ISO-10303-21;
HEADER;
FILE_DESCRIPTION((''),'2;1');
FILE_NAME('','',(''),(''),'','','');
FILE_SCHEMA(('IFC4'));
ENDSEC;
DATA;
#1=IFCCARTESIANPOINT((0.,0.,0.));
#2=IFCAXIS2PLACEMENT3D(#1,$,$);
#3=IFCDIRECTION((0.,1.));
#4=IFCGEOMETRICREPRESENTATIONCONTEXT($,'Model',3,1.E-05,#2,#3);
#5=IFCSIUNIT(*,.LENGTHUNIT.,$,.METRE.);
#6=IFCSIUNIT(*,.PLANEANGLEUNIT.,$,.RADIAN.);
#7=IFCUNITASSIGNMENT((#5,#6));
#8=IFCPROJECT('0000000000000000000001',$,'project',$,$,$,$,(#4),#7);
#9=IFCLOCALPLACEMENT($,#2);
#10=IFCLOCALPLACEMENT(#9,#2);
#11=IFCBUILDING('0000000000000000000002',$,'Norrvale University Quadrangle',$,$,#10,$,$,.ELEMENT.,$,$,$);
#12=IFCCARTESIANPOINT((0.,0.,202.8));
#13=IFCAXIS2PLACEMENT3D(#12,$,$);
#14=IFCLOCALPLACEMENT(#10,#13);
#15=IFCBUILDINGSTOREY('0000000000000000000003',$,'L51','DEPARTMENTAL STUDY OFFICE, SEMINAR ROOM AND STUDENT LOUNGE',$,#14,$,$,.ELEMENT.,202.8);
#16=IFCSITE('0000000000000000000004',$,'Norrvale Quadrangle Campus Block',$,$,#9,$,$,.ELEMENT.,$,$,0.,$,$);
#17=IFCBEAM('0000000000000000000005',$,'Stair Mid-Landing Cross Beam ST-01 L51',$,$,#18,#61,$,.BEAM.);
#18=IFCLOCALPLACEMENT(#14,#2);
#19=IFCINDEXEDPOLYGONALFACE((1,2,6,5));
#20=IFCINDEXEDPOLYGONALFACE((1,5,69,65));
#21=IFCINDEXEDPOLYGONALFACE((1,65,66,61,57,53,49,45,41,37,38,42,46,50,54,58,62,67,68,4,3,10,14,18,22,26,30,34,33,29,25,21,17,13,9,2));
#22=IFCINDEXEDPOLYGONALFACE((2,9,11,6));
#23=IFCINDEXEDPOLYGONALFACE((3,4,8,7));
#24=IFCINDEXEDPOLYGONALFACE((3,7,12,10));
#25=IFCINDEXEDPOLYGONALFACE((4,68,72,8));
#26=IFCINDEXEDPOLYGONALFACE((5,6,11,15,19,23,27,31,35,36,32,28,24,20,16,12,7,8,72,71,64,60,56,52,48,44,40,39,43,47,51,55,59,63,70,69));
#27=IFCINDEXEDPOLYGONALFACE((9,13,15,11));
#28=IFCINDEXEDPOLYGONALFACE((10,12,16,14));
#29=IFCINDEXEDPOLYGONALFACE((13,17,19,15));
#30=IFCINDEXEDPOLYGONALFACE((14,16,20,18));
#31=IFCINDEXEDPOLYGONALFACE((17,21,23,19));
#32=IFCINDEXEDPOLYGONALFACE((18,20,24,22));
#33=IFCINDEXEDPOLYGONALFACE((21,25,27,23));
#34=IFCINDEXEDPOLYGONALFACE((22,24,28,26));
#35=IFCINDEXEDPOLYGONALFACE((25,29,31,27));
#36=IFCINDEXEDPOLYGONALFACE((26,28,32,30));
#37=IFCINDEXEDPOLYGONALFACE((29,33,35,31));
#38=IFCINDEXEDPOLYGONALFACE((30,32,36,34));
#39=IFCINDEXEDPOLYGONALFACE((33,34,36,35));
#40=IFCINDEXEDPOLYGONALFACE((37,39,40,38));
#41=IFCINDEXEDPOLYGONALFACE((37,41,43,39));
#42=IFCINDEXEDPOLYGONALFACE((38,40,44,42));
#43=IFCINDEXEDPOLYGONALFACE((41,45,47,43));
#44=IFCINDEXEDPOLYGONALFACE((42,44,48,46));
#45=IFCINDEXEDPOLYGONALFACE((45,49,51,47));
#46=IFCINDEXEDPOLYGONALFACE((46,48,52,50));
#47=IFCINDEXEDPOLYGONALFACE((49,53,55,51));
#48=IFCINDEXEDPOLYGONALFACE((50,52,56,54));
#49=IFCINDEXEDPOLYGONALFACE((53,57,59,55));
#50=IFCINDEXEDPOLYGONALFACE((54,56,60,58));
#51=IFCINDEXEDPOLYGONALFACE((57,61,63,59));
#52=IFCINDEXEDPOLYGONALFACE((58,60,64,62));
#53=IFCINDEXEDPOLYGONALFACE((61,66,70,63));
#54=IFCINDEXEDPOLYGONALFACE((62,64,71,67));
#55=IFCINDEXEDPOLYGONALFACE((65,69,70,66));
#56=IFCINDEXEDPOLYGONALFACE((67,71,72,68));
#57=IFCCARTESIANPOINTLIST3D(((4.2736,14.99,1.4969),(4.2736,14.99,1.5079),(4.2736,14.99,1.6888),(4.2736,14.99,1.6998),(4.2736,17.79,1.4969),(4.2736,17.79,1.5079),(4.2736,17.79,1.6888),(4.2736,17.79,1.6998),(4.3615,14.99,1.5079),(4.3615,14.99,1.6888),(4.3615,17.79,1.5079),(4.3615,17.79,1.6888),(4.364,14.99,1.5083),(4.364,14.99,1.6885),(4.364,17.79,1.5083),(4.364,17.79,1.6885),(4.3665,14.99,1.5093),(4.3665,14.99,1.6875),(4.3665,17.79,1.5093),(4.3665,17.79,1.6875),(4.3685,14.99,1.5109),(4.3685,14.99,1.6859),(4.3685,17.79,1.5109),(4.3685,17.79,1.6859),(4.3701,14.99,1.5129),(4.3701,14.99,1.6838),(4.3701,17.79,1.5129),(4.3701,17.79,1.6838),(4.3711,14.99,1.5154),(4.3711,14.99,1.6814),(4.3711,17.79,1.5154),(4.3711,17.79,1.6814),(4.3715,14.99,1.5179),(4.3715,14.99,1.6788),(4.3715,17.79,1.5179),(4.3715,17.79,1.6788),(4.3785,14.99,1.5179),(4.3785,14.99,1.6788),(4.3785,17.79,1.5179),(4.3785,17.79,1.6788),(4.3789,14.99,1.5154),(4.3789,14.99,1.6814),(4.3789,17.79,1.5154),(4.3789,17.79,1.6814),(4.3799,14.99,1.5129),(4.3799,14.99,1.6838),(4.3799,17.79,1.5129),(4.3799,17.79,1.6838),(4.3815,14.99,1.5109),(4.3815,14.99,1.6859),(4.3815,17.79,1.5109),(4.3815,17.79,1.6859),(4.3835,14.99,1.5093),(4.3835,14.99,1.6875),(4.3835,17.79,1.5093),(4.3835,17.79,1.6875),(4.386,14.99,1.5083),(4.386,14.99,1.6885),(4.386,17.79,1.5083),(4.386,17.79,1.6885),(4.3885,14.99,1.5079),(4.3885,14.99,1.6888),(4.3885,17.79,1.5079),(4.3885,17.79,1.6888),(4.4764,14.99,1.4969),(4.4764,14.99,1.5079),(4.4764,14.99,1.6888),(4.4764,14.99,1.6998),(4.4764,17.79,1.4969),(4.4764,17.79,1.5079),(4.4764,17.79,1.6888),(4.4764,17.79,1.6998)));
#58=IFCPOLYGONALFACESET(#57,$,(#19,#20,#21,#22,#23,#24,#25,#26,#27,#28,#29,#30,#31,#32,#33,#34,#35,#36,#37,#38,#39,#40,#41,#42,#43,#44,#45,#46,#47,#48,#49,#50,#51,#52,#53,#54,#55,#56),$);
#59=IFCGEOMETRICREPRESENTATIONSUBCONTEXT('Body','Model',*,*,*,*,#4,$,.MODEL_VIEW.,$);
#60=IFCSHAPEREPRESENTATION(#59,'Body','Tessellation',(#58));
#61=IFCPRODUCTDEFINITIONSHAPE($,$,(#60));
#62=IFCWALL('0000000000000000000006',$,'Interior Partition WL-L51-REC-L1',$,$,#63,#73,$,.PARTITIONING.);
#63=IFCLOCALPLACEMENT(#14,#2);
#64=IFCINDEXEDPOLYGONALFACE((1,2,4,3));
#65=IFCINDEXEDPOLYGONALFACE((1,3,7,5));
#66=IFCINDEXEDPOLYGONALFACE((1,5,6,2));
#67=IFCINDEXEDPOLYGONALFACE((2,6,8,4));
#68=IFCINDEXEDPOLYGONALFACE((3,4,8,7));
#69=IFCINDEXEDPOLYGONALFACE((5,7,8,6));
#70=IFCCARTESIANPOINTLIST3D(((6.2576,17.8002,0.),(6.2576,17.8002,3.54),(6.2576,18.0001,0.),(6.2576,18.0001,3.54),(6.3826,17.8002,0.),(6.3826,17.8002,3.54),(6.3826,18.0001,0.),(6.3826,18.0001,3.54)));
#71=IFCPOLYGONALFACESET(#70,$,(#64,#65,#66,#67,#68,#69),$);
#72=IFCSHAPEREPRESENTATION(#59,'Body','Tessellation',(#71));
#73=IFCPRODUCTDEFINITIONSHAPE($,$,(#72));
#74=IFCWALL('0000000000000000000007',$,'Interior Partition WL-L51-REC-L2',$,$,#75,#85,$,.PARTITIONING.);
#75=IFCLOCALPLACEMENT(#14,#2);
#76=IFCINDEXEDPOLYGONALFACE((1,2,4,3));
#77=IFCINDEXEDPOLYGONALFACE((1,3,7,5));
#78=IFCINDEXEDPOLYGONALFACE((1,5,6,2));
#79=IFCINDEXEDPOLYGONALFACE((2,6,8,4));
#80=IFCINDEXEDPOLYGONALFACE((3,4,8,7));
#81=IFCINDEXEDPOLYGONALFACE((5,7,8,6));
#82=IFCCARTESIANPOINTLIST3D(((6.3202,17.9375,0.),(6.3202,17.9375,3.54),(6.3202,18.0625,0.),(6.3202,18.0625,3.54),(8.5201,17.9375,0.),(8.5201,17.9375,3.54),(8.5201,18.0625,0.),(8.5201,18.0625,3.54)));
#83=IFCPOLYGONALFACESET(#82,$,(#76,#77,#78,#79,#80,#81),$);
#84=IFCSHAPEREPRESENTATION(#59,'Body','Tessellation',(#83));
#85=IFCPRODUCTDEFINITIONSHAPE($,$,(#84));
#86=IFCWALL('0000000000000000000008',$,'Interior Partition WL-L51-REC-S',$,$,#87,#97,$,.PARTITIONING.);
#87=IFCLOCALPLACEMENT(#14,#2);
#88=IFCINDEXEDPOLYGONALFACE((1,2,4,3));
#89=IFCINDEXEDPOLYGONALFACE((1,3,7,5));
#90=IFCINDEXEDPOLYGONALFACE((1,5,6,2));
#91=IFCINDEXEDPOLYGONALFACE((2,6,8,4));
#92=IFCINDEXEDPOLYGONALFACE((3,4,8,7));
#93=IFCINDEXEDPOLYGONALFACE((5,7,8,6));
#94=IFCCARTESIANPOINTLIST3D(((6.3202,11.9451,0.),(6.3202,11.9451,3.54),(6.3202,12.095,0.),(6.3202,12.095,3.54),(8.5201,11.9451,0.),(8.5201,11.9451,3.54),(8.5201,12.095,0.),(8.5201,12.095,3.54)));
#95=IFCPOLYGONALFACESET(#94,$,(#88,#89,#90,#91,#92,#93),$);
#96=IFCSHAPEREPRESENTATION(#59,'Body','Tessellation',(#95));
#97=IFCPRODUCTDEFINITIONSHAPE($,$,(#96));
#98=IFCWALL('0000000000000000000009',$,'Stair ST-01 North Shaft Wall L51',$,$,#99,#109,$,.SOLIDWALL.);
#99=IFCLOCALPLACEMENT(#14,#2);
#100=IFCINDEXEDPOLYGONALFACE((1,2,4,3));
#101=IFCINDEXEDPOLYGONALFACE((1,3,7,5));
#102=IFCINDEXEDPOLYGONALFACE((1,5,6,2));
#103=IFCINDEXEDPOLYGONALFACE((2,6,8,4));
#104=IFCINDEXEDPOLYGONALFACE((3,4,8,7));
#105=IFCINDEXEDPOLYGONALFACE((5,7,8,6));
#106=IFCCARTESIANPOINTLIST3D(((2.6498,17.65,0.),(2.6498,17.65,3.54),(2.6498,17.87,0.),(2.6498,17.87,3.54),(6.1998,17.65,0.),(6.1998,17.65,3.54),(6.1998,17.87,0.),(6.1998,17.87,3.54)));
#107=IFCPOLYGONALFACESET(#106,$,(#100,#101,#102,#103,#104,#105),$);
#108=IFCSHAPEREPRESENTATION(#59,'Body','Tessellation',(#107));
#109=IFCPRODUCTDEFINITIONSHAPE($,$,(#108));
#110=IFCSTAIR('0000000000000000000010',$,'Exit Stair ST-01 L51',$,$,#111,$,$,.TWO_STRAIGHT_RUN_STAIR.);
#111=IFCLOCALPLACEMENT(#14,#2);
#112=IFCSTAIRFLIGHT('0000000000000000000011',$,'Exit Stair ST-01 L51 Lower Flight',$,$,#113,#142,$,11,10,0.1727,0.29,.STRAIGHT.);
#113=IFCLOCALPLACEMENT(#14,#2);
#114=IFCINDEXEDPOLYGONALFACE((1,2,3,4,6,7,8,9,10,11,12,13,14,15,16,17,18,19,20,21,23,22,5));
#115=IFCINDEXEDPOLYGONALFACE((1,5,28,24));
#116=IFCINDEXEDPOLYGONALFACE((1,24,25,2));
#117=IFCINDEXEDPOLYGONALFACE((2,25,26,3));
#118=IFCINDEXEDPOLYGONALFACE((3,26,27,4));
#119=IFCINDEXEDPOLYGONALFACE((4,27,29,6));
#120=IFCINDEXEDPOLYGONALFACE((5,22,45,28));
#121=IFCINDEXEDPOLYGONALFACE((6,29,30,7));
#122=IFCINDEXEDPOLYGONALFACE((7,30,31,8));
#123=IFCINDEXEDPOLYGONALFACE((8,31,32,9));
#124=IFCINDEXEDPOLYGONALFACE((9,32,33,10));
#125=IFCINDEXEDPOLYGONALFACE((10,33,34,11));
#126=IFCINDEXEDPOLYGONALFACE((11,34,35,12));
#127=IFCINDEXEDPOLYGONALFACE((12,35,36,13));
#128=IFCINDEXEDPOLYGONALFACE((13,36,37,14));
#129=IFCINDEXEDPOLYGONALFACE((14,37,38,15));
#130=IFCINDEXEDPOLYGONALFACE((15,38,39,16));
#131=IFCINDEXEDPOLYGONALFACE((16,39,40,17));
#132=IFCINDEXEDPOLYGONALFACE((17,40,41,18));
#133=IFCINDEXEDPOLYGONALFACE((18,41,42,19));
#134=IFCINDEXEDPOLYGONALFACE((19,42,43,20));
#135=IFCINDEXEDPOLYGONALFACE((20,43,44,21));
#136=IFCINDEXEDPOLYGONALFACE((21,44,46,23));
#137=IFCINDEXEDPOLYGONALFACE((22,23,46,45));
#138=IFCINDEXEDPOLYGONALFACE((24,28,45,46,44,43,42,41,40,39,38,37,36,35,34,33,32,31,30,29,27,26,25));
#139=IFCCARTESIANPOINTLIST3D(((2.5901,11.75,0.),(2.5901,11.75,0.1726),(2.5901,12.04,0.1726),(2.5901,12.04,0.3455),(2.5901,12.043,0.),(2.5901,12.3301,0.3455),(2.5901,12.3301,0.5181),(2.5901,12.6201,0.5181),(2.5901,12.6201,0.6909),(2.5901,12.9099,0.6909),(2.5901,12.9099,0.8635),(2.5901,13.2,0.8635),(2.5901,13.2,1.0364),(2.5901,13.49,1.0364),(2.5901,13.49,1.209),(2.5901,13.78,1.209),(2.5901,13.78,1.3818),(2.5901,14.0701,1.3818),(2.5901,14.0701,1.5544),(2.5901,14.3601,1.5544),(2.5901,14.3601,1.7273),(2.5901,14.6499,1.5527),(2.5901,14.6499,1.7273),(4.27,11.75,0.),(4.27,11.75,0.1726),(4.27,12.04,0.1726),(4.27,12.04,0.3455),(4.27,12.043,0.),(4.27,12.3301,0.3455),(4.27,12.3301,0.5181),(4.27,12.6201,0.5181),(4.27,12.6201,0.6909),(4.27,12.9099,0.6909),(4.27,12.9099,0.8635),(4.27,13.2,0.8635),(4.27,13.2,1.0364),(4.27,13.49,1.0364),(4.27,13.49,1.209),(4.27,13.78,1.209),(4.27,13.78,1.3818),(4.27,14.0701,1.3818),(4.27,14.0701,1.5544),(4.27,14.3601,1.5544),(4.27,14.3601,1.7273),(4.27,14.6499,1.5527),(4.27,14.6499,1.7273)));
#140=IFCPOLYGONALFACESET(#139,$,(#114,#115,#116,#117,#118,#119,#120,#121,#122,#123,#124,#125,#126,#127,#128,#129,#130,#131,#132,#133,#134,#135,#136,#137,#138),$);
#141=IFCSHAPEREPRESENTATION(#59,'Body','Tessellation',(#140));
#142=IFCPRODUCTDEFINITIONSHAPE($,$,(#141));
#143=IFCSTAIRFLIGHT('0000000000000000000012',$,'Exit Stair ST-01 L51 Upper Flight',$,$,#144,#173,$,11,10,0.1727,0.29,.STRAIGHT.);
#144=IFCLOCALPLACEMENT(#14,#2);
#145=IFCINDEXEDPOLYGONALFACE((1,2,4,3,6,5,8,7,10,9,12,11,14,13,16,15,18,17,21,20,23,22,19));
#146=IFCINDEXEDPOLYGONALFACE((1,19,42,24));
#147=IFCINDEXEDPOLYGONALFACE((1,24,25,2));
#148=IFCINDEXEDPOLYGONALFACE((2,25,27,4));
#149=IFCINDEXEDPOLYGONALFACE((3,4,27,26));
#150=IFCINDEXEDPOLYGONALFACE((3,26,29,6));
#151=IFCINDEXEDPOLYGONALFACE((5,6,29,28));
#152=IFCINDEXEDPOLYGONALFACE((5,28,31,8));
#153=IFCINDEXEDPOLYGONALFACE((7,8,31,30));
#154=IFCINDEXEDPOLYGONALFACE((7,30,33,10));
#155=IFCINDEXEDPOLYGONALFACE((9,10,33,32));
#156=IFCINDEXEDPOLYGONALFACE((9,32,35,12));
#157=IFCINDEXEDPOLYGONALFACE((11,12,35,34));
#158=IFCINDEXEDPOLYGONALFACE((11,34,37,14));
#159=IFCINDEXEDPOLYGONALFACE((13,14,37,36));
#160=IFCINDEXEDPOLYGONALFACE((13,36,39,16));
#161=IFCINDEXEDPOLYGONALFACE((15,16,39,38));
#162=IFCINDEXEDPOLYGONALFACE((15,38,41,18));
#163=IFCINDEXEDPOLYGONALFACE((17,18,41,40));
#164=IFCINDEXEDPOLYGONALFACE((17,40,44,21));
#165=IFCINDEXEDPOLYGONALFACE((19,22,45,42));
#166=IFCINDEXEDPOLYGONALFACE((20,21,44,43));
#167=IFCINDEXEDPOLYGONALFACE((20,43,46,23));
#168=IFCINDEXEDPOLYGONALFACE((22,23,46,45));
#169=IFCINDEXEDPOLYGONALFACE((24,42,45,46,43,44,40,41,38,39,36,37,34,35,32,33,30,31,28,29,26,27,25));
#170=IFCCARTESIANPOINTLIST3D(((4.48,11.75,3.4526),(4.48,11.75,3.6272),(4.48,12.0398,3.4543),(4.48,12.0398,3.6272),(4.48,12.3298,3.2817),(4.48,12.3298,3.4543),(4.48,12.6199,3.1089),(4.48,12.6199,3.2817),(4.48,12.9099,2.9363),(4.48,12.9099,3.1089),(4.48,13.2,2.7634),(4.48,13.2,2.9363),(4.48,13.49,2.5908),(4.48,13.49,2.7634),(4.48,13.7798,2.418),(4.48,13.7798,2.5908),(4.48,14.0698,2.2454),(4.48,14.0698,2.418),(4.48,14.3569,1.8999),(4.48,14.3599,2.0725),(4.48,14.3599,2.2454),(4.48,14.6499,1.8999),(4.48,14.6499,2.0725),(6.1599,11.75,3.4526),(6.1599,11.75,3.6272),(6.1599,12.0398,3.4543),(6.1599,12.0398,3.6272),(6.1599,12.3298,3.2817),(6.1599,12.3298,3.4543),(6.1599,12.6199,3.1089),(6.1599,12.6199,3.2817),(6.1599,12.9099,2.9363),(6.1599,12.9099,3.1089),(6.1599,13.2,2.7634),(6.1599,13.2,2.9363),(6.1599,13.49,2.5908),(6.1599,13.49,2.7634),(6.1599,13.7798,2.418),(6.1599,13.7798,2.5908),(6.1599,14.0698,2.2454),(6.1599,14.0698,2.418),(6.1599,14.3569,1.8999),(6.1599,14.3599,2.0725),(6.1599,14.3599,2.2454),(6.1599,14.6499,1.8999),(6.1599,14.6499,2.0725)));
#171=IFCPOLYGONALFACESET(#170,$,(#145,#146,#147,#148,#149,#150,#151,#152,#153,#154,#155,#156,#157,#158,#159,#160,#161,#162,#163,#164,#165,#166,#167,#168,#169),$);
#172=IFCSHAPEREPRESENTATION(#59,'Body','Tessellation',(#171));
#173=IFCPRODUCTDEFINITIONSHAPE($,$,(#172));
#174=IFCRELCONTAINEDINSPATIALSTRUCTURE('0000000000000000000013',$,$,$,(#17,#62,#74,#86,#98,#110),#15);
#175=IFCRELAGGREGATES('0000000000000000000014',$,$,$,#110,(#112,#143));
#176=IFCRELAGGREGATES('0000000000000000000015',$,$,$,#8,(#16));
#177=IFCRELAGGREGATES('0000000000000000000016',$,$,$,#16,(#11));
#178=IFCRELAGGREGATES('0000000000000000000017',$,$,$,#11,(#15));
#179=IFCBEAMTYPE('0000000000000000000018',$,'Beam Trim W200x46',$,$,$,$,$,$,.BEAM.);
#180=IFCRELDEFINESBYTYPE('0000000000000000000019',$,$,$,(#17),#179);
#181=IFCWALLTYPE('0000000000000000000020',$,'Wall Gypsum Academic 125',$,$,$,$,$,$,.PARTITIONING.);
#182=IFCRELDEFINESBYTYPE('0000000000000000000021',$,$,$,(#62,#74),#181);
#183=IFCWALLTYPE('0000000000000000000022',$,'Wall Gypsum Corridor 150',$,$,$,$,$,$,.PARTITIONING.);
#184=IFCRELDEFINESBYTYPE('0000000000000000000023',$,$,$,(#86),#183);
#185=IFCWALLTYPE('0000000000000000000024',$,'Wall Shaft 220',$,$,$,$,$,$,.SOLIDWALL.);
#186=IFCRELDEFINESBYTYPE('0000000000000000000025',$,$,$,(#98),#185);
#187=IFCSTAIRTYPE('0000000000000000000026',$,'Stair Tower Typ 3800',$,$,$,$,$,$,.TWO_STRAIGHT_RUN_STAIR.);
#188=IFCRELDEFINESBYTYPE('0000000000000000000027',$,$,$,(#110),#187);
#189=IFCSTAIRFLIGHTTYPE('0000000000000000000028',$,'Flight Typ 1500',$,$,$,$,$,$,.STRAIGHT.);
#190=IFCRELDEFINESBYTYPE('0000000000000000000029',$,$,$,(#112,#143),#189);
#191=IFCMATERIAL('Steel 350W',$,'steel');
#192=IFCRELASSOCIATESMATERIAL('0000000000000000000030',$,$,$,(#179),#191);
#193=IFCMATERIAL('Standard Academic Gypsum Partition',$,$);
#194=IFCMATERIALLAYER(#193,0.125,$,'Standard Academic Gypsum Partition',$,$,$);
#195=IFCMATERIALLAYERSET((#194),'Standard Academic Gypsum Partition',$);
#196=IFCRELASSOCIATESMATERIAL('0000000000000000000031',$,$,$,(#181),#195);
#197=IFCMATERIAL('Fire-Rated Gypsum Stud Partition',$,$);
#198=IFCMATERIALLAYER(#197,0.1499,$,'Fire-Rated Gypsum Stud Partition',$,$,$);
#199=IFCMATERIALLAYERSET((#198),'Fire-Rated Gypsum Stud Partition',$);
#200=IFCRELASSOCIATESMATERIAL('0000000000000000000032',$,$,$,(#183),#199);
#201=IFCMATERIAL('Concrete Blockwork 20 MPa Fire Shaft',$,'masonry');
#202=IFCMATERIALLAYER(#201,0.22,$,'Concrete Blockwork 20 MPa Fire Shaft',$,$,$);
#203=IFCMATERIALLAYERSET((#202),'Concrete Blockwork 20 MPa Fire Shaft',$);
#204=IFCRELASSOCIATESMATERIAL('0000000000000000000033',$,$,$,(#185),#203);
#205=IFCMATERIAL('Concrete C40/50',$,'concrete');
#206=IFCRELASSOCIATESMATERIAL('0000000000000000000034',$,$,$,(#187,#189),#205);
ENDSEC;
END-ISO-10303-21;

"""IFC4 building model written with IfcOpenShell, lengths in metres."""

from ifc_helpers import new_model, si_unit, direction, frame, frame_2d, origin, origin_2d, place, context, subcontext, project, spatial, polyline, rectangle, i_section, outline, extrude, material, layer, layer_set, material_profile, profile_set, type_object, element, aggregate, save


model = new_model("IFC4")

# Units and contexts
model_context = context("Model", 3, precision=1e-05, world=origin(), true_north=direction((0.0, 1.0)))
body_context = subcontext(model_context, "Body", "Model", "MODEL_VIEW")
ifc_project = project(units=[si_unit("LENGTHUNIT", "METRE"), si_unit("PLANEANGLEUNIT", "RADIAN")], contexts=[model_context])

# Site, building, storey
site_placement = place(None, origin())
site = spatial("IfcSite", under=ifc_project, at=site_placement, Name="Norrvale Quadrangle Campus Block", CompositionType="ELEMENT", RefElevation=0.0)
building_placement = place(site_placement, origin())
building = spatial("IfcBuilding", under=site, at=building_placement, Name="Norrvale University Quadrangle", CompositionType="ELEMENT")
storey_placement = place(building_placement, frame((0.0, 0.0, 202.8)))
storey = spatial("IfcBuildingStorey", under=building, at=storey_placement, Name="L51", Description="DEPARTMENTAL STUDY OFFICE, SEMINAR ROOM AND STUDENT LOUNGE", CompositionType="ELEMENT", Elevation=202.8)

# Beam
ifc_material_1 = material(Name="Steel 350W", Category="steel")
ifc_material_profile_1 = material_profile(ifc_material_1, i_section(OverallWidth=0.2029, OverallDepth=0.2029, WebThickness=0.0071, FlangeThickness=0.011, FilletRadius=0.01, at=origin_2d()), Name="Steel 350W")
ifc_profile_set_1 = profile_set([ifc_material_profile_1], Name="Steel 350W")
beam_type_1 = type_object("IfcBeamType", Name="Beam Trim W200x46", PredefinedType="BEAM", material=ifc_profile_set_1)
beam_1_placement = place(storey_placement, frame((4.375, 14.99, 1.5984), z_axis=(0.0, 1.0, 0.0), x_axis=(-1.0, 0.0, 0.0)))
element("IfcBeam", 1, at=beam_1_placement, inside=storey, type_object=beam_type_1, Name="Stair Mid-Landing Cross Beam ST-01 L51", PredefinedType="BEAM", context=body_context, shape_type="SweptSolid", body=[
    extrude(i_section(OverallWidth=0.2029, OverallDepth=0.2029, WebThickness=0.0071, FlangeThickness=0.011, FilletRadius=0.01, at=origin_2d()), origin(), (0.0, 0.0, 1.0), 2.8),
])

# Walls
ifc_material_2 = material(Name="Standard Academic Gypsum Partition")
ifc_layer_1 = layer(ifc_material_2, 0.125, Name="Standard Academic Gypsum Partition")
ifc_layer_set_1 = layer_set([ifc_layer_1], Name="Standard Academic Gypsum Partition")
wall_type_1 = type_object("IfcWallType", Name="Wall Gypsum Academic 125", PredefinedType="PARTITIONING", material=ifc_layer_set_1)
wall_1_placement = place(storey_placement, frame((6.3201, 17.8, 0.0), z_axis=(0.0, 0.0, 1.0), x_axis=(0.0, 1.0, 0.0)))
element("IfcWall", 2, at=wall_1_placement, inside=storey, type_object=wall_type_1, Name="Interior Partition WL-L51-REC-L1", PredefinedType="PARTITIONING", context=body_context, shape_type="SweptSolid", body=[
    extrude(rectangle(XDim=0.2, YDim=0.125, at=frame_2d((0.1001, 0.0))), origin(), (0.0, 0.0, 1.0), 3.54),
])
wall_2_placement = place(storey_placement, frame((6.3201, 18.0, 0.0), z_axis=(0.0, 0.0, 1.0), x_axis=(1.0, 0.0, 0.0)))
element("IfcWall", 3, at=wall_2_placement, inside=storey, type_object=wall_type_1, Name="Interior Partition WL-L51-REC-L2", PredefinedType="PARTITIONING", context=body_context, shape_type="SweptSolid", body=[
    extrude(rectangle(XDim=2.2, YDim=0.125, at=frame_2d((1.1001, 0.0))), origin(), (0.0, 0.0, 1.0), 3.54),
])
ifc_material_3 = material(Name="Fire-Rated Gypsum Stud Partition")
ifc_layer_2 = layer(ifc_material_3, 0.1499, Name="Fire-Rated Gypsum Stud Partition")
ifc_layer_set_2 = layer_set([ifc_layer_2], Name="Fire-Rated Gypsum Stud Partition")
wall_type_2 = type_object("IfcWallType", Name="Wall Gypsum Corridor 150", PredefinedType="PARTITIONING", material=ifc_layer_set_2)
wall_3_placement = place(storey_placement, frame((6.3201, 12.02, 0.0), z_axis=(0.0, 0.0, 1.0), x_axis=(1.0, 0.0, 0.0)))
element("IfcWall", 4, at=wall_3_placement, inside=storey, type_object=wall_type_2, Name="Interior Partition WL-L51-REC-S", PredefinedType="PARTITIONING", context=body_context, shape_type="SweptSolid", body=[
    extrude(rectangle(XDim=2.2, YDim=0.1499, at=frame_2d((1.1001, 0.0))), origin(), (0.0, 0.0, 1.0), 3.54),
])
ifc_material_4 = material(Name="Concrete Blockwork 20 MPa Fire Shaft", Category="masonry")
ifc_layer_3 = layer(ifc_material_4, 0.22, Name="Concrete Blockwork 20 MPa Fire Shaft")
ifc_layer_set_3 = layer_set([ifc_layer_3], Name="Concrete Blockwork 20 MPa Fire Shaft")
wall_type_3 = type_object("IfcWallType", Name="Wall Shaft 220", PredefinedType="SOLIDWALL", material=ifc_layer_set_3)
wall_4_placement = place(storey_placement, frame((2.6499, 17.76, 0.0), z_axis=(0.0, 0.0, 1.0), x_axis=(1.0, 0.0, 0.0)))
element("IfcWall", 5, at=wall_4_placement, inside=storey, type_object=wall_type_3, Name="Stair ST-01 North Shaft Wall L51", PredefinedType="SOLIDWALL", context=body_context, shape_type="SweptSolid", body=[
    extrude(rectangle(XDim=3.55, YDim=0.22, at=frame_2d((1.7749, 0.0))), origin(), (0.0, 0.0, 1.0), 3.54),
])

# Stair, stair flights
ifc_material_5 = material(Name="Concrete C40/50", Category="concrete")
stair_type = type_object("IfcStairType", Name="Stair Tower Typ 3800", PredefinedType="TWO_STRAIGHT_RUN_STAIR", material=ifc_material_5)
stair_placement = place(storey_placement, origin())
stair = element("IfcStair", 6, at=stair_placement, inside=storey, type_object=stair_type, Name="Exit Stair ST-01 L51", PredefinedType="TWO_STRAIGHT_RUN_STAIR")
stair_flight_type = type_object("IfcStairFlightType", Name="Flight Typ 1500", PredefinedType="STRAIGHT", material=ifc_material_5)
stair_flight_1_placement = place(storey_placement, frame((3.4299, 11.75, 0.0), z_axis=(0.0, 0.0, 1.0), x_axis=(0.0, 1.0, 0.0)))
stair_flight_1 = element("IfcStairFlight", 7, at=stair_flight_1_placement, type_object=stair_flight_type, Name="Exit Stair ST-01 L51 Lower Flight", NumberOfRisers=11, NumberOfTreads=10, PredefinedType="STRAIGHT", RiserHeight=0.1727, TreadLength=0.29, context=body_context, shape_type="SweptSolid", body=[
    extrude(outline(polyline([(0.0, 0.0), (0.0, 0.1726), (0.29, 0.1726), (0.29, 0.3455), (0.5801, 0.3455), (0.5801, 0.5181), (0.8701, 0.5181), (0.8701, 0.6909), (1.1599, 0.6909), (1.1599, 0.8635), (1.45, 0.8635), (1.45, 1.0364), (1.74, 1.0364), (1.74, 1.209), (2.03, 1.209), (2.03, 1.3818), (2.3201, 1.3818), (2.3201, 1.5544), (2.6101, 1.5544), (2.6101, 1.7273), (2.8999, 1.7273), (2.8999, 1.8999), (2.8999, 1.5527), (0.293, 0.0), (0.0, 0.0)])), frame((0.0, 0.8398, 0.0), z_axis=(0.0, -1.0, 0.0), x_axis=(1.0, 0.0, 0.0)), (0.0, 0.0, 1.0), 1.6799),
])
stair_flight_2_placement = place(storey_placement, frame((5.3201, 14.6499, 1.8999), z_axis=(0.0, 0.0, 1.0), x_axis=(0.0, -1.0, 0.0)))
stair_flight_2 = element("IfcStairFlight", 8, at=stair_flight_2_placement, type_object=stair_flight_type, Name="Exit Stair ST-01 L51 Upper Flight", NumberOfRisers=11, NumberOfTreads=10, PredefinedType="STRAIGHT", RiserHeight=0.1727, TreadLength=0.29, context=body_context, shape_type="SweptSolid", body=[
    extrude(outline(polyline([(0.0, 0.0), (0.0, 0.1726), (0.29, 0.1726), (0.29, 0.3455), (0.5801, 0.3455), (0.5801, 0.5181), (0.8701, 0.5181), (0.8701, 0.6909), (1.1599, 0.6909), (1.1599, 0.8635), (1.45, 0.8635), (1.45, 1.0364), (1.74, 1.0364), (1.74, 1.209), (2.03, 1.209), (2.03, 1.3818), (2.3201, 1.3818), (2.3201, 1.5544), (2.6101, 1.5544), (2.6101, 1.7273), (2.8999, 1.7273), (2.8999, 1.8999), (2.8999, 1.5527), (0.293, 0.0), (0.0, 0.0)])), frame((0.0, 0.8398, 0.0), z_axis=(0.0, -1.0, 0.0), x_axis=(1.0, 0.0, 0.0)), (0.0, 0.0, 1.0), 1.6799),
])
aggregate(stair, [stair_flight_1, stair_flight_2])

save(model, "model.ifc")
